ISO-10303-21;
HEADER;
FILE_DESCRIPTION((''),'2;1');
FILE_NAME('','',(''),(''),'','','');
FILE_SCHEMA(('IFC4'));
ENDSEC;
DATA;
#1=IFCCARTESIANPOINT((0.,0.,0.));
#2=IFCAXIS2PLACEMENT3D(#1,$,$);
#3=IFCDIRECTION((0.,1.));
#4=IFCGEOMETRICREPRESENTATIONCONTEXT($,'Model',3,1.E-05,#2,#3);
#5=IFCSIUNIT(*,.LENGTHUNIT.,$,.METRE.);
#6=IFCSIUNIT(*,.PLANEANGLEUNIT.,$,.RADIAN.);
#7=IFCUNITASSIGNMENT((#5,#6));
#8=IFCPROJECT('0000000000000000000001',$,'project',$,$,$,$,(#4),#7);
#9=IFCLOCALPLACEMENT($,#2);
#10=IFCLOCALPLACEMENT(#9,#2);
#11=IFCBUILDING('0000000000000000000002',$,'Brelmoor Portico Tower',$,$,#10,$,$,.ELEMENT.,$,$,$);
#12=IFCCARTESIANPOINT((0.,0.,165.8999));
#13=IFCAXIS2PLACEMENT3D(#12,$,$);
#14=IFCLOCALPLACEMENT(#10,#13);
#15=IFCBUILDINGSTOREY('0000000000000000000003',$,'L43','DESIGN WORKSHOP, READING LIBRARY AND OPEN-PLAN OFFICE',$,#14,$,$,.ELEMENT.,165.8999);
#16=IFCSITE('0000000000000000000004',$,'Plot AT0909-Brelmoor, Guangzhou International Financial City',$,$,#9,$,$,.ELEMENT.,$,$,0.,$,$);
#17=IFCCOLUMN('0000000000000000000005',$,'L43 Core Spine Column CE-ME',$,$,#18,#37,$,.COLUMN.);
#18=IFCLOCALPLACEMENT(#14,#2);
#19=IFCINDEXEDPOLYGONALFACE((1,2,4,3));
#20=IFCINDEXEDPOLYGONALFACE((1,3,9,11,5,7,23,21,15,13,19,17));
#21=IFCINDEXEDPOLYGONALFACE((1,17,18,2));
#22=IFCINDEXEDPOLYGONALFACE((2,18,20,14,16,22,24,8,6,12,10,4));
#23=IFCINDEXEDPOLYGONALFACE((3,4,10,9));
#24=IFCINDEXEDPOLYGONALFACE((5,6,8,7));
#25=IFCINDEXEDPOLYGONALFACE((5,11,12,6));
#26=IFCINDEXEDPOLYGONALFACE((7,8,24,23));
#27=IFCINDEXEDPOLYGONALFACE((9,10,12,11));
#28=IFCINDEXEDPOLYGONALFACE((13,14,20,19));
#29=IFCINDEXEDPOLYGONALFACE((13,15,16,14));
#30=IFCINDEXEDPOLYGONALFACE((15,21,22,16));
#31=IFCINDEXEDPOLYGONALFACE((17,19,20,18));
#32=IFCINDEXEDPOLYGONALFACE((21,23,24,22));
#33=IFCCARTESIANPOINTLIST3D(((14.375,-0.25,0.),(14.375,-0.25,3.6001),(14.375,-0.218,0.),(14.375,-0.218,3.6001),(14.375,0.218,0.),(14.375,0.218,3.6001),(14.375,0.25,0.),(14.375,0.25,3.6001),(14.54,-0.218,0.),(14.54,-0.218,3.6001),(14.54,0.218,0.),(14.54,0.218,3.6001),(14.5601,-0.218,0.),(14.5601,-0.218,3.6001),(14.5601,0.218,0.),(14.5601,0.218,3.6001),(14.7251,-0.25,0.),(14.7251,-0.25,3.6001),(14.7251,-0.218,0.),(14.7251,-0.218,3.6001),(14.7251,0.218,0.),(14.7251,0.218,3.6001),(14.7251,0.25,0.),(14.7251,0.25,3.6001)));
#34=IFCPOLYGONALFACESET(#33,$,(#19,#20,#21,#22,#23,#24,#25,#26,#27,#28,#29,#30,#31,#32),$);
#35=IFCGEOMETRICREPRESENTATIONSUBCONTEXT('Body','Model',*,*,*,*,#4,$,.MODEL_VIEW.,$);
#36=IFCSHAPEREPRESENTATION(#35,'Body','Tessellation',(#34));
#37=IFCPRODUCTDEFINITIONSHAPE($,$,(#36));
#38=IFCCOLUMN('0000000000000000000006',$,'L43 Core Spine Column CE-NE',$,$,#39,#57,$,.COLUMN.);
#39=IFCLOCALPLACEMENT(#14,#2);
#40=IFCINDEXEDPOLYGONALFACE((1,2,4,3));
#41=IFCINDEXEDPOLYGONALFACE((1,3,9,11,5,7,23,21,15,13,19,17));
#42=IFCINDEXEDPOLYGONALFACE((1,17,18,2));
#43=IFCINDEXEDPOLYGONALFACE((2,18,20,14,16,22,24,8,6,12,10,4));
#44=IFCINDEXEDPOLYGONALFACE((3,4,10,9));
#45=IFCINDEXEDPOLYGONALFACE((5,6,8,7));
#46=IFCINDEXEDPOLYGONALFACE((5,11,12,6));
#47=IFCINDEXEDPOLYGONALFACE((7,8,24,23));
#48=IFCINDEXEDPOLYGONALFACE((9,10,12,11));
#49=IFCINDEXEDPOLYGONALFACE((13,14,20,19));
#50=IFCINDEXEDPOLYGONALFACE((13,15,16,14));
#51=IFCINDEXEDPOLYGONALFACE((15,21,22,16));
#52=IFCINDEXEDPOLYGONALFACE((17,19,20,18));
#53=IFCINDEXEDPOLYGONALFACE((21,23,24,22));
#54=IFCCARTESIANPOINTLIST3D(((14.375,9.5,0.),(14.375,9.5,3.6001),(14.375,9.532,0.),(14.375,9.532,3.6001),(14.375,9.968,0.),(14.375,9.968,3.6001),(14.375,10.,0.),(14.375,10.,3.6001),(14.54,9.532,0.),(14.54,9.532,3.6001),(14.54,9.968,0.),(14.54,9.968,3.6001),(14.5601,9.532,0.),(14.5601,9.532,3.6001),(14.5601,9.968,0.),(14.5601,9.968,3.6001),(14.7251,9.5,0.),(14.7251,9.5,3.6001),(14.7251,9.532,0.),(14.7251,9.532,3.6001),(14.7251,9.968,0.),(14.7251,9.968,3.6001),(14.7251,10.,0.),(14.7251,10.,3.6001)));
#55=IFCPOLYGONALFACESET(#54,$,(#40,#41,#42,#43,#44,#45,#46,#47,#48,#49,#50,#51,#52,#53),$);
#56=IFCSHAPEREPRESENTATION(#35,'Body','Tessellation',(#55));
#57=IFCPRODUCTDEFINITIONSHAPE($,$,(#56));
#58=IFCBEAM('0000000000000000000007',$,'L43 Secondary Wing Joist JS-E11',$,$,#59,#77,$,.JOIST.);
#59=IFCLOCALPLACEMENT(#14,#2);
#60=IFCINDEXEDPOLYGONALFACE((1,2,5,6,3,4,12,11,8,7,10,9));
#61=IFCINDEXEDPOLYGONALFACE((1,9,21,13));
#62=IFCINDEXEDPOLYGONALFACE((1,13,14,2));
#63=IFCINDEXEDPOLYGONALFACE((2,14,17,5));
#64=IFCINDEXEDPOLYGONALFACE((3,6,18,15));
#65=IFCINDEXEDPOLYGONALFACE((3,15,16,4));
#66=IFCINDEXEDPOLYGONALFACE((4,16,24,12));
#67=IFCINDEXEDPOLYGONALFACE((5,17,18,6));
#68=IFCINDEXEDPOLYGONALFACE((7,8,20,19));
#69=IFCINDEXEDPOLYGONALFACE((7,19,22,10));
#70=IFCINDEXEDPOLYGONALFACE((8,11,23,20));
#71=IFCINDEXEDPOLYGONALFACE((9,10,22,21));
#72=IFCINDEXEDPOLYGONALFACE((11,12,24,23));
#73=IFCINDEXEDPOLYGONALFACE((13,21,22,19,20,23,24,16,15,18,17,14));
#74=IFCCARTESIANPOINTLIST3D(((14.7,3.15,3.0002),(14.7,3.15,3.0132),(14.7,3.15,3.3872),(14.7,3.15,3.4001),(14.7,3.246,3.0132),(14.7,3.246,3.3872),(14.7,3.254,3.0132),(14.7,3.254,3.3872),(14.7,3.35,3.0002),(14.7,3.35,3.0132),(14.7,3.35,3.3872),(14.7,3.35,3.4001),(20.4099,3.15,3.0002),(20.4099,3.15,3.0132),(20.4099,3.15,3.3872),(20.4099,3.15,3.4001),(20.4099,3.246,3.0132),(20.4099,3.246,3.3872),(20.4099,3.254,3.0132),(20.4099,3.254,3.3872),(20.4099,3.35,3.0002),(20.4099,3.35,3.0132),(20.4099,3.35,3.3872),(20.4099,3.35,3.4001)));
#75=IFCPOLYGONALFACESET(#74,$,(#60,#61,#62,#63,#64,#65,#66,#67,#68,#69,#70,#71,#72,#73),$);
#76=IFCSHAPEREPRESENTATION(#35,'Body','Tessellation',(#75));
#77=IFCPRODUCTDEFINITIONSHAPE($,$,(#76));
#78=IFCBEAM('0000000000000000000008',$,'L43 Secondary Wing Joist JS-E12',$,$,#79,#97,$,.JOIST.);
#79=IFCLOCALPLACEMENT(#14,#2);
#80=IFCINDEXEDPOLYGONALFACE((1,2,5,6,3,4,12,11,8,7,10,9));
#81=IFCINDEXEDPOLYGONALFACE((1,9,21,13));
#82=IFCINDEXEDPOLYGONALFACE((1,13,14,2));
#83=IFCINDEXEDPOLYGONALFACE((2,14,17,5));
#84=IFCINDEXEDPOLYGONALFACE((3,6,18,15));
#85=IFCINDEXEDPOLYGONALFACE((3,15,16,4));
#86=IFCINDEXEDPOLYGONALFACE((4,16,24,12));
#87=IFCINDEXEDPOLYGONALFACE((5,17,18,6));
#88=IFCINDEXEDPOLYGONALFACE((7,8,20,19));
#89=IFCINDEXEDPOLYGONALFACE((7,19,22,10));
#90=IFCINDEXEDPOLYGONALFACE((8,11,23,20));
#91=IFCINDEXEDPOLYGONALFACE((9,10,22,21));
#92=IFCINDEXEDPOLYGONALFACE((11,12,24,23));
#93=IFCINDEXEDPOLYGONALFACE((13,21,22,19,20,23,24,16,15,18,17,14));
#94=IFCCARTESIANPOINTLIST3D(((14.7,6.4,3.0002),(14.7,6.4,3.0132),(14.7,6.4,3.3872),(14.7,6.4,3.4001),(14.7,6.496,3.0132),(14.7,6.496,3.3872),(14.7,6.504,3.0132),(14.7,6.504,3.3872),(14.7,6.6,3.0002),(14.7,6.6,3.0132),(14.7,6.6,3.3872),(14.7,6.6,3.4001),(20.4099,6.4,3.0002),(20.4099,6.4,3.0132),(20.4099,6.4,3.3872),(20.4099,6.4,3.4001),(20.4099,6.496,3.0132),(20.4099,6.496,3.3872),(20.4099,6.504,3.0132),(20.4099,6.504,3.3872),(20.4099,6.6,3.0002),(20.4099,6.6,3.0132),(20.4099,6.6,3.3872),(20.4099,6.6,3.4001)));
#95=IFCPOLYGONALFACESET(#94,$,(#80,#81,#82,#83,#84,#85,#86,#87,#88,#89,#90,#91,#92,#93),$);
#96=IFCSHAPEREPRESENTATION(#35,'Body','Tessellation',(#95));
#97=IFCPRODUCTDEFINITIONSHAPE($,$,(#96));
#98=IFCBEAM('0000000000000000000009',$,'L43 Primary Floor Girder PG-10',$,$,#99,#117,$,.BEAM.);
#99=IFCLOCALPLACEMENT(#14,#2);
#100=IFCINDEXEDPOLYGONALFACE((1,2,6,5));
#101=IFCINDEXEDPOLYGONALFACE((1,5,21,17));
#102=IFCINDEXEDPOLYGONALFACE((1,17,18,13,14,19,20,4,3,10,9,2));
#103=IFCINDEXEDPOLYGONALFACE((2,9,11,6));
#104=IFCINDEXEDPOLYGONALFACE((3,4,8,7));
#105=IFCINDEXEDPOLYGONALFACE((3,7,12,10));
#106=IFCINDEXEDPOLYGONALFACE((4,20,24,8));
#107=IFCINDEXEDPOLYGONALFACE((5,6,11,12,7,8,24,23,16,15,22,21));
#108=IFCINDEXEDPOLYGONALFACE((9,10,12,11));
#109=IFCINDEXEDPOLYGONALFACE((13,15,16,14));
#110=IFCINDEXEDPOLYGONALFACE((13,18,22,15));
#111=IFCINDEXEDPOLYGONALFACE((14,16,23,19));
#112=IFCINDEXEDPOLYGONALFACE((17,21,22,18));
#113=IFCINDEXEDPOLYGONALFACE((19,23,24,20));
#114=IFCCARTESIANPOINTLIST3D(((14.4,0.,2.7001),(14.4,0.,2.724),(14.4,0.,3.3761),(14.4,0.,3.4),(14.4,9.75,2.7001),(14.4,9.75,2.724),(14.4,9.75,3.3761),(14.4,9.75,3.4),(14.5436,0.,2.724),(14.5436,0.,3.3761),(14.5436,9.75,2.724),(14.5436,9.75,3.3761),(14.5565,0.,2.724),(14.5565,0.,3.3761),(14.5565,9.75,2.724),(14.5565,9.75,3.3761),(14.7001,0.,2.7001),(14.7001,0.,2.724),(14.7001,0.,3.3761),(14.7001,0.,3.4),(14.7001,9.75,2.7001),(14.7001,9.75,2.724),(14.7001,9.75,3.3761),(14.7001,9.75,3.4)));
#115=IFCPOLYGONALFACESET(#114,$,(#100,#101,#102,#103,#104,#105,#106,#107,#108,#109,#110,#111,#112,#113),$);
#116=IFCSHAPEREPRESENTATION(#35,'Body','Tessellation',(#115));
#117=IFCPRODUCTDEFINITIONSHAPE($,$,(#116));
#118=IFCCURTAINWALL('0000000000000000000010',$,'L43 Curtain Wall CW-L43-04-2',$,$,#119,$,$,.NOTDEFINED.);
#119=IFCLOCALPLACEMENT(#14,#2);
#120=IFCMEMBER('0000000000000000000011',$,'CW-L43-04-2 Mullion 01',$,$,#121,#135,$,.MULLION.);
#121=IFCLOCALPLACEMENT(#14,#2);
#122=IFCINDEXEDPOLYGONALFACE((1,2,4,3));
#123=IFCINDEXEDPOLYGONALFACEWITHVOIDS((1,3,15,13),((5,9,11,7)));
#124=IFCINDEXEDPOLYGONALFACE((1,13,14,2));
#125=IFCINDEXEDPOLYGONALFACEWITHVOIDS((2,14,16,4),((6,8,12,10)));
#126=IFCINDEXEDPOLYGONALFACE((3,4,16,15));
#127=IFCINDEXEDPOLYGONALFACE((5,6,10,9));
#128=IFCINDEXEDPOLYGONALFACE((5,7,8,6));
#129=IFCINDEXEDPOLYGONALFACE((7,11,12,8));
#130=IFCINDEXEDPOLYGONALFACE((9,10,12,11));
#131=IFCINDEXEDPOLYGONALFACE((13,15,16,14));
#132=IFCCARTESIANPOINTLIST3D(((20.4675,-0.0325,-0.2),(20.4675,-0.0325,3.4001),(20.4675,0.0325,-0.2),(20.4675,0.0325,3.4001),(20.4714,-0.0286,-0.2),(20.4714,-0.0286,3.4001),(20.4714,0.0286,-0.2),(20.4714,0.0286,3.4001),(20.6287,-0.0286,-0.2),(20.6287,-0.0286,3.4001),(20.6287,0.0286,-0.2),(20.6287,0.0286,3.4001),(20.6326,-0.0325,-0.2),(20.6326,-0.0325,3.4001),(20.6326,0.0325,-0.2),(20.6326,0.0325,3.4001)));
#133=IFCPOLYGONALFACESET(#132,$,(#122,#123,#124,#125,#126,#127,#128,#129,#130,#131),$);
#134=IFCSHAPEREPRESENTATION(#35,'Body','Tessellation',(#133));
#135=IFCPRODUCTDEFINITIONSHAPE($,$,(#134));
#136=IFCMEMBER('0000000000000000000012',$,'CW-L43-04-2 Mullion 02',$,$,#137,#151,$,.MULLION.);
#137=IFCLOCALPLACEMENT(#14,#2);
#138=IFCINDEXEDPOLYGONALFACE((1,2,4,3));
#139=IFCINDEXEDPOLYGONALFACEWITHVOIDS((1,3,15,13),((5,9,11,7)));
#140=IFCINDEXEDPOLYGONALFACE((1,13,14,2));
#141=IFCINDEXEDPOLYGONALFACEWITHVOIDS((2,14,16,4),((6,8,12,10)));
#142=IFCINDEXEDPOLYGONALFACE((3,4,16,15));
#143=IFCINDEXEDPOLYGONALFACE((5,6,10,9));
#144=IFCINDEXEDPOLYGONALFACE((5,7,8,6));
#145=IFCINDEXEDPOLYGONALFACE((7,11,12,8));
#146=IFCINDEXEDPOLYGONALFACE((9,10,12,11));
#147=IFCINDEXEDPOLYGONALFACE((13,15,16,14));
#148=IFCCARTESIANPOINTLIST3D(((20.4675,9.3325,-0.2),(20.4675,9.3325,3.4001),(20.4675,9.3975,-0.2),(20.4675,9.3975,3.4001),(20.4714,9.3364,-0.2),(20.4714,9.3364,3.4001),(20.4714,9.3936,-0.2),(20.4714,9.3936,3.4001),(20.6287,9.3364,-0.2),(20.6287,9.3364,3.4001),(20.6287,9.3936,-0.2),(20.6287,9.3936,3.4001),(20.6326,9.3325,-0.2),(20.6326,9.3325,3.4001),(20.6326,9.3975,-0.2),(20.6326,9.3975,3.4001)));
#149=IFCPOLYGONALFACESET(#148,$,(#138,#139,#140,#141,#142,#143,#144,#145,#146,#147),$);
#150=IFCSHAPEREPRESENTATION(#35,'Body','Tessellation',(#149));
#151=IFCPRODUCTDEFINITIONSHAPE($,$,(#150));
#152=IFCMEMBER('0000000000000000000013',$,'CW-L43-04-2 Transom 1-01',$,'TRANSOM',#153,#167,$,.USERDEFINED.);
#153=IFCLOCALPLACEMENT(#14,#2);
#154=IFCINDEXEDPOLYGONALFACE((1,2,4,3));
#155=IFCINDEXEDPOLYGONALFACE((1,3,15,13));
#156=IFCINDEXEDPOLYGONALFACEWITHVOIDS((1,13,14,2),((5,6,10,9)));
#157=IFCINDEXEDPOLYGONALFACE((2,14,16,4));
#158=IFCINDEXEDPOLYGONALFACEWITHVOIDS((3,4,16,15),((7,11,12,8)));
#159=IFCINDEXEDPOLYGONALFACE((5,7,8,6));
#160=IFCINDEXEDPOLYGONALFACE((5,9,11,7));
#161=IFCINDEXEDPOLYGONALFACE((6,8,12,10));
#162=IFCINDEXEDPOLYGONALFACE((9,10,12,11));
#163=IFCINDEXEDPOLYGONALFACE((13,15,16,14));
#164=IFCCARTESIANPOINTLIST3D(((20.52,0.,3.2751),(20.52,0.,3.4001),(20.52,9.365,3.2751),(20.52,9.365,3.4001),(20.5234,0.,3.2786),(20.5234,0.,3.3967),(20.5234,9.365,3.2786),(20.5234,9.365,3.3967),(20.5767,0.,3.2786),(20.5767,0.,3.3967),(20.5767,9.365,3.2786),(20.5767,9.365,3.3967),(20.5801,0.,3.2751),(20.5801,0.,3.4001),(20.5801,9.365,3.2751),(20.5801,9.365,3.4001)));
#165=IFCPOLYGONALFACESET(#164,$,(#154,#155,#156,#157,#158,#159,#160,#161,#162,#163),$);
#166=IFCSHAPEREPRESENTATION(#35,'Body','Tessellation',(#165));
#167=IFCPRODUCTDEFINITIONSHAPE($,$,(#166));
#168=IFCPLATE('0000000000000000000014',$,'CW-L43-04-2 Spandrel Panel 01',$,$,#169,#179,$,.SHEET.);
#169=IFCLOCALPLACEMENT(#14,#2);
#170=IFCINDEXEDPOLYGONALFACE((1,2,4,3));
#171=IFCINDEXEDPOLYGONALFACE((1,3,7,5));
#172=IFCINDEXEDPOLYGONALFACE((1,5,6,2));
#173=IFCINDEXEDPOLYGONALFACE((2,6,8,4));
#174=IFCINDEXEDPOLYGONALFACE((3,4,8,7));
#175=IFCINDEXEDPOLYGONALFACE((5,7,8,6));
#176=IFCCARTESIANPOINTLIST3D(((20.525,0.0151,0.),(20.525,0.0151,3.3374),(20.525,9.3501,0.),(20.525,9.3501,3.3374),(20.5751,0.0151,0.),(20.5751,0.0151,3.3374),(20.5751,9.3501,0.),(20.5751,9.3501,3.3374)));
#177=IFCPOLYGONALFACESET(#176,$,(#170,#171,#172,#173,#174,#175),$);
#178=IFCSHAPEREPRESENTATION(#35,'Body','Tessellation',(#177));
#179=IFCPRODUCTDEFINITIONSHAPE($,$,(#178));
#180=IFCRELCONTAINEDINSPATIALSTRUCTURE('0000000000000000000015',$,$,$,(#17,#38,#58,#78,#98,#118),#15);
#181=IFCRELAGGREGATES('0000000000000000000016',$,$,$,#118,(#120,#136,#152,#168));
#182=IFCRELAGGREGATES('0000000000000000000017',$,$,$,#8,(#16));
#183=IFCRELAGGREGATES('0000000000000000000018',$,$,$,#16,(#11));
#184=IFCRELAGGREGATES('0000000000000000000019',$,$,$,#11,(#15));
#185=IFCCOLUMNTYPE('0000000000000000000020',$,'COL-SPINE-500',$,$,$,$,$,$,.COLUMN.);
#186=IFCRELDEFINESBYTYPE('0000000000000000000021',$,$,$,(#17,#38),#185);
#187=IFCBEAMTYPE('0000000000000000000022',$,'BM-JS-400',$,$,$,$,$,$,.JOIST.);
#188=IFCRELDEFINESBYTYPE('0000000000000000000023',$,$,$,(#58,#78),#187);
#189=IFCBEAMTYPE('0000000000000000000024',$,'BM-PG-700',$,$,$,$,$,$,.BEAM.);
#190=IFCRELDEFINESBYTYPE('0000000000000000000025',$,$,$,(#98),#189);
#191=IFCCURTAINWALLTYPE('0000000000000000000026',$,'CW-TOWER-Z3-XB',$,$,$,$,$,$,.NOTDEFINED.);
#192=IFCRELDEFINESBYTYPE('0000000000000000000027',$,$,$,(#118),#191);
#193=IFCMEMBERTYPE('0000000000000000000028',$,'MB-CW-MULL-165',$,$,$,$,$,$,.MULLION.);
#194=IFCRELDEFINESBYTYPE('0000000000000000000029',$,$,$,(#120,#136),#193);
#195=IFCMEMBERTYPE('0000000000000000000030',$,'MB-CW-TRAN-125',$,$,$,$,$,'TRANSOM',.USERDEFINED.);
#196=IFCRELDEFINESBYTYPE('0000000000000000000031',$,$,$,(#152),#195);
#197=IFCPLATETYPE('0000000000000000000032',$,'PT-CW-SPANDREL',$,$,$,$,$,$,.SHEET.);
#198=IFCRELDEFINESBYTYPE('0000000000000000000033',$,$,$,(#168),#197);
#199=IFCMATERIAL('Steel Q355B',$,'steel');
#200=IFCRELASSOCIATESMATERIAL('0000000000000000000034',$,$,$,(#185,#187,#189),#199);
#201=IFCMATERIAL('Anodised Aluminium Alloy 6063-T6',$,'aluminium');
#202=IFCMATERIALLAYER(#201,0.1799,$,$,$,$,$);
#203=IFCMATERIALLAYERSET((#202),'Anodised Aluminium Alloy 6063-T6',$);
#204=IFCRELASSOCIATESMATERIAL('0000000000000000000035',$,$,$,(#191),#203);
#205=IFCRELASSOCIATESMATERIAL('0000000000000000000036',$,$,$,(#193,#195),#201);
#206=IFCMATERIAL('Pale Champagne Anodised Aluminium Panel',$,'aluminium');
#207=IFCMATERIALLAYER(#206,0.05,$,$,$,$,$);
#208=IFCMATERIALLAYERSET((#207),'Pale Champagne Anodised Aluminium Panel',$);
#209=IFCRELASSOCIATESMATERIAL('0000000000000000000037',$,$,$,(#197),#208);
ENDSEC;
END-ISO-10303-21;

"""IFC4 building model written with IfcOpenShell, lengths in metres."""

from ifc_helpers import new_model, si_unit, direction, frame, origin, origin_2d, place, context, subcontext, project, spatial, rectangle, hollow_rectangle, i_section, extrude, material, layer, layer_set, material_profile, profile_set, type_object, element, aggregate, save


model = new_model("IFC4")

# Units and contexts
model_context = context("Model", 3, precision=1e-05, world=origin(), true_north=direction((0.0, 1.0)))
body_context = subcontext(model_context, "Body", "Model", "MODEL_VIEW")
ifc_project = project(units=[si_unit("LENGTHUNIT", "METRE"), si_unit("PLANEANGLEUNIT", "RADIAN")], contexts=[model_context])

# Site, building, storey
site_placement = place(None, origin())
site = spatial("IfcSite", under=ifc_project, at=site_placement, Name="Plot AT0909-Brelmoor, Guangzhou International Financial City", CompositionType="ELEMENT", RefElevation=0.0)
building_placement = place(site_placement, origin())
building = spatial("IfcBuilding", under=site, at=building_placement, Name="Brelmoor Portico Tower", CompositionType="ELEMENT")
storey_placement = place(building_placement, frame((0.0, 0.0, 165.8999)))
storey = spatial("IfcBuildingStorey", under=building, at=storey_placement, Name="L43", Description="DESIGN WORKSHOP, READING LIBRARY AND OPEN-PLAN OFFICE", CompositionType="ELEMENT", Elevation=165.8999)

# Columns
ifc_material_1 = material(Name="Steel Q355B", Category="steel")
ifc_material_profile_1 = material_profile(ifc_material_1, i_section(OverallWidth=0.3501, OverallDepth=0.5, WebThickness=0.02, FlangeThickness=0.032, at=origin_2d()), Name="HW 500x350x20x32")
ifc_profile_set_1 = profile_set([ifc_material_profile_1], Name="Steel Q355B")
column_type = type_object("IfcColumnType", Name="COL-SPINE-500", PredefinedType="COLUMN", material=ifc_profile_set_1)
for number, where, z_axis, x_axis, name in (
    (1, (14.55, 0.0, 0.0), (0.0, 0.0, 1.0), (1.0, 0.0, 0.0), "L43 Core Spine Column CE-ME"),
    (2, (14.55, 9.75, 0.0), (0.0, 0.0, 1.0), (1.0, 0.0, 0.0), "L43 Core Spine Column CE-NE"),
):
    element("IfcColumn", number, at=place(storey_placement, frame(where, z_axis=z_axis, x_axis=x_axis)), inside=storey, type_object=column_type, Name=name, PredefinedType="COLUMN", context=body_context, shape_type="SweptSolid", body=[
        extrude(i_section(OverallWidth=0.3501, OverallDepth=0.5, WebThickness=0.02, FlangeThickness=0.032, at=origin_2d()), origin(), (0.0, 0.0, 1.0), 3.6001),
    ])

# Beams
ifc_material_profile_2 = material_profile(ifc_material_1, i_section(OverallWidth=0.2, OverallDepth=0.3999, WebThickness=0.0081, FlangeThickness=0.0129, at=origin_2d()), Name="HN 400x200x8x13")
ifc_profile_set_2 = profile_set([ifc_material_profile_2], Name="Steel Q355B")
beam_type_1 = type_object("IfcBeamType", Name="BM-JS-400", PredefinedType="JOIST", material=ifc_profile_set_2)
for number, where, z_axis, x_axis, name in (
    (3, (14.7, 3.25, 3.2002), (1.0, 0.0, 0.0), (0.0, 1.0, 0.0), "L43 Secondary Wing Joist JS-E11"),
    (4, (14.7, 6.5, 3.2002), (1.0, 0.0, 0.0), (0.0, 1.0, 0.0), "L43 Secondary Wing Joist JS-E12"),
):
    element("IfcBeam", number, at=place(storey_placement, frame(where, z_axis=z_axis, x_axis=x_axis)), inside=storey, type_object=beam_type_1, Name=name, PredefinedType="JOIST", context=body_context, shape_type="SweptSolid", body=[
        extrude(i_section(OverallWidth=0.2, OverallDepth=0.3999, WebThickness=0.0081, FlangeThickness=0.0129, at=origin_2d()), origin(), (0.0, 0.0, 1.0), 5.71),
    ])
ifc_material_profile_3 = material_profile(ifc_material_1, i_section(OverallWidth=0.3, OverallDepth=0.7, WebThickness=0.0129, FlangeThickness=0.0239, at=origin_2d()), Name="HN 700x300x13x24")
ifc_profile_set_3 = profile_set([ifc_material_profile_3], Name="Steel Q355B")
beam_type_2 = type_object("IfcBeamType", Name="BM-PG-700", PredefinedType="BEAM", material=ifc_profile_set_3)
beam_placement = place(storey_placement, frame((14.55, 0.0, 3.05), z_axis=(0.0, 1.0, 0.0), x_axis=(-1.0, 0.0, 0.0)))
element("IfcBeam", 5, at=beam_placement, inside=storey, type_object=beam_type_2, Name="L43 Primary Floor Girder PG-10", PredefinedType="BEAM", context=body_context, shape_type="SweptSolid", body=[
    extrude(i_section(OverallWidth=0.3, OverallDepth=0.7, WebThickness=0.0129, FlangeThickness=0.0239, at=origin_2d()), origin(), (0.0, 0.0, 1.0), 9.75),
])

# Curtain wall, members, plate
ifc_material_2 = material(Name="Anodised Aluminium Alloy 6063-T6", Category="aluminium")
ifc_layer_1 = layer(ifc_material_2, 0.1799)
ifc_layer_set_1 = layer_set([ifc_layer_1], Name="Anodised Aluminium Alloy 6063-T6")
curtain_wall_type = type_object("IfcCurtainWallType", Name="CW-TOWER-Z3-XB", PredefinedType="NOTDEFINED", material=ifc_layer_set_1)
curtain_wall_placement = place(storey_placement, origin())
curtain_wall = element("IfcCurtainWall", 6, at=curtain_wall_placement, inside=storey, type_object=curtain_wall_type, Name="L43 Curtain Wall CW-L43-04-2", PredefinedType="NOTDEFINED")
ifc_material_profile_4 = material_profile(ifc_material_2, hollow_rectangle(XDim=0.0649, YDim=0.165, WallThickness=0.0039, at=origin_2d()), Name="ALU MULLION 65x165")
ifc_profile_set_4 = profile_set([ifc_material_profile_4], Name="Anodised Aluminium Alloy 6063-T6")
member_type_1 = type_object("IfcMemberType", Name="MB-CW-MULL-165", PredefinedType="MULLION", material=ifc_profile_set_4)
member_1_placement = place(storey_placement, frame((20.55, 0.0, -0.2), z_axis=(0.0, 0.0, 1.0), x_axis=(0.0, 1.0, 0.0)))
member_1 = element("IfcMember", 7, at=member_1_placement, type_object=member_type_1, Name="CW-L43-04-2 Mullion 01", PredefinedType="MULLION", context=body_context, shape_type="SweptSolid", body=[
    extrude(hollow_rectangle(XDim=0.0649, YDim=0.165, WallThickness=0.0039, at=origin_2d()), origin(), (0.0, 0.0, 1.0), 3.6001),
])
member_2_placement = place(storey_placement, frame((20.55, 9.365, -0.2), z_axis=(0.0, 0.0, 1.0), x_axis=(0.0, 1.0, 0.0)))
member_2 = element("IfcMember", 8, at=member_2_placement, type_object=member_type_1, Name="CW-L43-04-2 Mullion 02", PredefinedType="MULLION", context=body_context, shape_type="SweptSolid", body=[
    extrude(hollow_rectangle(XDim=0.0649, YDim=0.165, WallThickness=0.0039, at=origin_2d()), origin(), (0.0, 0.0, 1.0), 3.6001),
])
ifc_material_profile_5 = material_profile(ifc_material_2, hollow_rectangle(XDim=0.0601, YDim=0.125, WallThickness=0.0034, at=origin_2d()), Name="ALU TRANSOM 60x125")
ifc_profile_set_5 = profile_set([ifc_material_profile_5], Name="Anodised Aluminium Alloy 6063-T6")
member_type_2 = type_object("IfcMemberType", Name="MB-CW-TRAN-125", ElementType="TRANSOM", PredefinedType="USERDEFINED", material=ifc_profile_set_5)
member_3_placement = place(storey_placement, frame((20.55, 0.0, 3.3376), z_axis=(0.0, 1.0, 0.0), x_axis=(-1.0, 0.0, 0.0)))
member_3 = element("IfcMember", 9, at=member_3_placement, type_object=member_type_2, Name="CW-L43-04-2 Transom 1-01", ObjectType="TRANSOM", PredefinedType="USERDEFINED", context=body_context, shape_type="SweptSolid", body=[
    extrude(hollow_rectangle(XDim=0.0601, YDim=0.125, WallThickness=0.0034, at=origin_2d()), origin(), (0.0, 0.0, 1.0), 9.365),
])
ifc_material_3 = material(Name="Pale Champagne Anodised Aluminium Panel", Category="aluminium")
ifc_layer_2 = layer(ifc_material_3, 0.05)
ifc_layer_set_2 = layer_set([ifc_layer_2], Name="Pale Champagne Anodised Aluminium Panel")
plate_type_1 = type_object("IfcPlateType", Name="PT-CW-SPANDREL", PredefinedType="SHEET", material=ifc_layer_set_2)
plate_1_placement = place(storey_placement, frame((20.55, 4.6826, 0.0), z_axis=(0.0, 0.0, 1.0), x_axis=(0.0, 1.0, 0.0)))
plate_1 = element("IfcPlate", 10, at=plate_1_placement, type_object=plate_type_1, Name="CW-L43-04-2 Spandrel Panel 01", PredefinedType="SHEET", context=body_context, shape_type="SweptSolid", body=[
    extrude(rectangle(XDim=9.335, YDim=0.05, at=origin_2d()), origin(), (0.0, 0.0, 1.0), 3.3374),
])
aggregate(curtain_wall, [member_1, member_2, member_3, plate_1])

save(model, "model.ifc")
